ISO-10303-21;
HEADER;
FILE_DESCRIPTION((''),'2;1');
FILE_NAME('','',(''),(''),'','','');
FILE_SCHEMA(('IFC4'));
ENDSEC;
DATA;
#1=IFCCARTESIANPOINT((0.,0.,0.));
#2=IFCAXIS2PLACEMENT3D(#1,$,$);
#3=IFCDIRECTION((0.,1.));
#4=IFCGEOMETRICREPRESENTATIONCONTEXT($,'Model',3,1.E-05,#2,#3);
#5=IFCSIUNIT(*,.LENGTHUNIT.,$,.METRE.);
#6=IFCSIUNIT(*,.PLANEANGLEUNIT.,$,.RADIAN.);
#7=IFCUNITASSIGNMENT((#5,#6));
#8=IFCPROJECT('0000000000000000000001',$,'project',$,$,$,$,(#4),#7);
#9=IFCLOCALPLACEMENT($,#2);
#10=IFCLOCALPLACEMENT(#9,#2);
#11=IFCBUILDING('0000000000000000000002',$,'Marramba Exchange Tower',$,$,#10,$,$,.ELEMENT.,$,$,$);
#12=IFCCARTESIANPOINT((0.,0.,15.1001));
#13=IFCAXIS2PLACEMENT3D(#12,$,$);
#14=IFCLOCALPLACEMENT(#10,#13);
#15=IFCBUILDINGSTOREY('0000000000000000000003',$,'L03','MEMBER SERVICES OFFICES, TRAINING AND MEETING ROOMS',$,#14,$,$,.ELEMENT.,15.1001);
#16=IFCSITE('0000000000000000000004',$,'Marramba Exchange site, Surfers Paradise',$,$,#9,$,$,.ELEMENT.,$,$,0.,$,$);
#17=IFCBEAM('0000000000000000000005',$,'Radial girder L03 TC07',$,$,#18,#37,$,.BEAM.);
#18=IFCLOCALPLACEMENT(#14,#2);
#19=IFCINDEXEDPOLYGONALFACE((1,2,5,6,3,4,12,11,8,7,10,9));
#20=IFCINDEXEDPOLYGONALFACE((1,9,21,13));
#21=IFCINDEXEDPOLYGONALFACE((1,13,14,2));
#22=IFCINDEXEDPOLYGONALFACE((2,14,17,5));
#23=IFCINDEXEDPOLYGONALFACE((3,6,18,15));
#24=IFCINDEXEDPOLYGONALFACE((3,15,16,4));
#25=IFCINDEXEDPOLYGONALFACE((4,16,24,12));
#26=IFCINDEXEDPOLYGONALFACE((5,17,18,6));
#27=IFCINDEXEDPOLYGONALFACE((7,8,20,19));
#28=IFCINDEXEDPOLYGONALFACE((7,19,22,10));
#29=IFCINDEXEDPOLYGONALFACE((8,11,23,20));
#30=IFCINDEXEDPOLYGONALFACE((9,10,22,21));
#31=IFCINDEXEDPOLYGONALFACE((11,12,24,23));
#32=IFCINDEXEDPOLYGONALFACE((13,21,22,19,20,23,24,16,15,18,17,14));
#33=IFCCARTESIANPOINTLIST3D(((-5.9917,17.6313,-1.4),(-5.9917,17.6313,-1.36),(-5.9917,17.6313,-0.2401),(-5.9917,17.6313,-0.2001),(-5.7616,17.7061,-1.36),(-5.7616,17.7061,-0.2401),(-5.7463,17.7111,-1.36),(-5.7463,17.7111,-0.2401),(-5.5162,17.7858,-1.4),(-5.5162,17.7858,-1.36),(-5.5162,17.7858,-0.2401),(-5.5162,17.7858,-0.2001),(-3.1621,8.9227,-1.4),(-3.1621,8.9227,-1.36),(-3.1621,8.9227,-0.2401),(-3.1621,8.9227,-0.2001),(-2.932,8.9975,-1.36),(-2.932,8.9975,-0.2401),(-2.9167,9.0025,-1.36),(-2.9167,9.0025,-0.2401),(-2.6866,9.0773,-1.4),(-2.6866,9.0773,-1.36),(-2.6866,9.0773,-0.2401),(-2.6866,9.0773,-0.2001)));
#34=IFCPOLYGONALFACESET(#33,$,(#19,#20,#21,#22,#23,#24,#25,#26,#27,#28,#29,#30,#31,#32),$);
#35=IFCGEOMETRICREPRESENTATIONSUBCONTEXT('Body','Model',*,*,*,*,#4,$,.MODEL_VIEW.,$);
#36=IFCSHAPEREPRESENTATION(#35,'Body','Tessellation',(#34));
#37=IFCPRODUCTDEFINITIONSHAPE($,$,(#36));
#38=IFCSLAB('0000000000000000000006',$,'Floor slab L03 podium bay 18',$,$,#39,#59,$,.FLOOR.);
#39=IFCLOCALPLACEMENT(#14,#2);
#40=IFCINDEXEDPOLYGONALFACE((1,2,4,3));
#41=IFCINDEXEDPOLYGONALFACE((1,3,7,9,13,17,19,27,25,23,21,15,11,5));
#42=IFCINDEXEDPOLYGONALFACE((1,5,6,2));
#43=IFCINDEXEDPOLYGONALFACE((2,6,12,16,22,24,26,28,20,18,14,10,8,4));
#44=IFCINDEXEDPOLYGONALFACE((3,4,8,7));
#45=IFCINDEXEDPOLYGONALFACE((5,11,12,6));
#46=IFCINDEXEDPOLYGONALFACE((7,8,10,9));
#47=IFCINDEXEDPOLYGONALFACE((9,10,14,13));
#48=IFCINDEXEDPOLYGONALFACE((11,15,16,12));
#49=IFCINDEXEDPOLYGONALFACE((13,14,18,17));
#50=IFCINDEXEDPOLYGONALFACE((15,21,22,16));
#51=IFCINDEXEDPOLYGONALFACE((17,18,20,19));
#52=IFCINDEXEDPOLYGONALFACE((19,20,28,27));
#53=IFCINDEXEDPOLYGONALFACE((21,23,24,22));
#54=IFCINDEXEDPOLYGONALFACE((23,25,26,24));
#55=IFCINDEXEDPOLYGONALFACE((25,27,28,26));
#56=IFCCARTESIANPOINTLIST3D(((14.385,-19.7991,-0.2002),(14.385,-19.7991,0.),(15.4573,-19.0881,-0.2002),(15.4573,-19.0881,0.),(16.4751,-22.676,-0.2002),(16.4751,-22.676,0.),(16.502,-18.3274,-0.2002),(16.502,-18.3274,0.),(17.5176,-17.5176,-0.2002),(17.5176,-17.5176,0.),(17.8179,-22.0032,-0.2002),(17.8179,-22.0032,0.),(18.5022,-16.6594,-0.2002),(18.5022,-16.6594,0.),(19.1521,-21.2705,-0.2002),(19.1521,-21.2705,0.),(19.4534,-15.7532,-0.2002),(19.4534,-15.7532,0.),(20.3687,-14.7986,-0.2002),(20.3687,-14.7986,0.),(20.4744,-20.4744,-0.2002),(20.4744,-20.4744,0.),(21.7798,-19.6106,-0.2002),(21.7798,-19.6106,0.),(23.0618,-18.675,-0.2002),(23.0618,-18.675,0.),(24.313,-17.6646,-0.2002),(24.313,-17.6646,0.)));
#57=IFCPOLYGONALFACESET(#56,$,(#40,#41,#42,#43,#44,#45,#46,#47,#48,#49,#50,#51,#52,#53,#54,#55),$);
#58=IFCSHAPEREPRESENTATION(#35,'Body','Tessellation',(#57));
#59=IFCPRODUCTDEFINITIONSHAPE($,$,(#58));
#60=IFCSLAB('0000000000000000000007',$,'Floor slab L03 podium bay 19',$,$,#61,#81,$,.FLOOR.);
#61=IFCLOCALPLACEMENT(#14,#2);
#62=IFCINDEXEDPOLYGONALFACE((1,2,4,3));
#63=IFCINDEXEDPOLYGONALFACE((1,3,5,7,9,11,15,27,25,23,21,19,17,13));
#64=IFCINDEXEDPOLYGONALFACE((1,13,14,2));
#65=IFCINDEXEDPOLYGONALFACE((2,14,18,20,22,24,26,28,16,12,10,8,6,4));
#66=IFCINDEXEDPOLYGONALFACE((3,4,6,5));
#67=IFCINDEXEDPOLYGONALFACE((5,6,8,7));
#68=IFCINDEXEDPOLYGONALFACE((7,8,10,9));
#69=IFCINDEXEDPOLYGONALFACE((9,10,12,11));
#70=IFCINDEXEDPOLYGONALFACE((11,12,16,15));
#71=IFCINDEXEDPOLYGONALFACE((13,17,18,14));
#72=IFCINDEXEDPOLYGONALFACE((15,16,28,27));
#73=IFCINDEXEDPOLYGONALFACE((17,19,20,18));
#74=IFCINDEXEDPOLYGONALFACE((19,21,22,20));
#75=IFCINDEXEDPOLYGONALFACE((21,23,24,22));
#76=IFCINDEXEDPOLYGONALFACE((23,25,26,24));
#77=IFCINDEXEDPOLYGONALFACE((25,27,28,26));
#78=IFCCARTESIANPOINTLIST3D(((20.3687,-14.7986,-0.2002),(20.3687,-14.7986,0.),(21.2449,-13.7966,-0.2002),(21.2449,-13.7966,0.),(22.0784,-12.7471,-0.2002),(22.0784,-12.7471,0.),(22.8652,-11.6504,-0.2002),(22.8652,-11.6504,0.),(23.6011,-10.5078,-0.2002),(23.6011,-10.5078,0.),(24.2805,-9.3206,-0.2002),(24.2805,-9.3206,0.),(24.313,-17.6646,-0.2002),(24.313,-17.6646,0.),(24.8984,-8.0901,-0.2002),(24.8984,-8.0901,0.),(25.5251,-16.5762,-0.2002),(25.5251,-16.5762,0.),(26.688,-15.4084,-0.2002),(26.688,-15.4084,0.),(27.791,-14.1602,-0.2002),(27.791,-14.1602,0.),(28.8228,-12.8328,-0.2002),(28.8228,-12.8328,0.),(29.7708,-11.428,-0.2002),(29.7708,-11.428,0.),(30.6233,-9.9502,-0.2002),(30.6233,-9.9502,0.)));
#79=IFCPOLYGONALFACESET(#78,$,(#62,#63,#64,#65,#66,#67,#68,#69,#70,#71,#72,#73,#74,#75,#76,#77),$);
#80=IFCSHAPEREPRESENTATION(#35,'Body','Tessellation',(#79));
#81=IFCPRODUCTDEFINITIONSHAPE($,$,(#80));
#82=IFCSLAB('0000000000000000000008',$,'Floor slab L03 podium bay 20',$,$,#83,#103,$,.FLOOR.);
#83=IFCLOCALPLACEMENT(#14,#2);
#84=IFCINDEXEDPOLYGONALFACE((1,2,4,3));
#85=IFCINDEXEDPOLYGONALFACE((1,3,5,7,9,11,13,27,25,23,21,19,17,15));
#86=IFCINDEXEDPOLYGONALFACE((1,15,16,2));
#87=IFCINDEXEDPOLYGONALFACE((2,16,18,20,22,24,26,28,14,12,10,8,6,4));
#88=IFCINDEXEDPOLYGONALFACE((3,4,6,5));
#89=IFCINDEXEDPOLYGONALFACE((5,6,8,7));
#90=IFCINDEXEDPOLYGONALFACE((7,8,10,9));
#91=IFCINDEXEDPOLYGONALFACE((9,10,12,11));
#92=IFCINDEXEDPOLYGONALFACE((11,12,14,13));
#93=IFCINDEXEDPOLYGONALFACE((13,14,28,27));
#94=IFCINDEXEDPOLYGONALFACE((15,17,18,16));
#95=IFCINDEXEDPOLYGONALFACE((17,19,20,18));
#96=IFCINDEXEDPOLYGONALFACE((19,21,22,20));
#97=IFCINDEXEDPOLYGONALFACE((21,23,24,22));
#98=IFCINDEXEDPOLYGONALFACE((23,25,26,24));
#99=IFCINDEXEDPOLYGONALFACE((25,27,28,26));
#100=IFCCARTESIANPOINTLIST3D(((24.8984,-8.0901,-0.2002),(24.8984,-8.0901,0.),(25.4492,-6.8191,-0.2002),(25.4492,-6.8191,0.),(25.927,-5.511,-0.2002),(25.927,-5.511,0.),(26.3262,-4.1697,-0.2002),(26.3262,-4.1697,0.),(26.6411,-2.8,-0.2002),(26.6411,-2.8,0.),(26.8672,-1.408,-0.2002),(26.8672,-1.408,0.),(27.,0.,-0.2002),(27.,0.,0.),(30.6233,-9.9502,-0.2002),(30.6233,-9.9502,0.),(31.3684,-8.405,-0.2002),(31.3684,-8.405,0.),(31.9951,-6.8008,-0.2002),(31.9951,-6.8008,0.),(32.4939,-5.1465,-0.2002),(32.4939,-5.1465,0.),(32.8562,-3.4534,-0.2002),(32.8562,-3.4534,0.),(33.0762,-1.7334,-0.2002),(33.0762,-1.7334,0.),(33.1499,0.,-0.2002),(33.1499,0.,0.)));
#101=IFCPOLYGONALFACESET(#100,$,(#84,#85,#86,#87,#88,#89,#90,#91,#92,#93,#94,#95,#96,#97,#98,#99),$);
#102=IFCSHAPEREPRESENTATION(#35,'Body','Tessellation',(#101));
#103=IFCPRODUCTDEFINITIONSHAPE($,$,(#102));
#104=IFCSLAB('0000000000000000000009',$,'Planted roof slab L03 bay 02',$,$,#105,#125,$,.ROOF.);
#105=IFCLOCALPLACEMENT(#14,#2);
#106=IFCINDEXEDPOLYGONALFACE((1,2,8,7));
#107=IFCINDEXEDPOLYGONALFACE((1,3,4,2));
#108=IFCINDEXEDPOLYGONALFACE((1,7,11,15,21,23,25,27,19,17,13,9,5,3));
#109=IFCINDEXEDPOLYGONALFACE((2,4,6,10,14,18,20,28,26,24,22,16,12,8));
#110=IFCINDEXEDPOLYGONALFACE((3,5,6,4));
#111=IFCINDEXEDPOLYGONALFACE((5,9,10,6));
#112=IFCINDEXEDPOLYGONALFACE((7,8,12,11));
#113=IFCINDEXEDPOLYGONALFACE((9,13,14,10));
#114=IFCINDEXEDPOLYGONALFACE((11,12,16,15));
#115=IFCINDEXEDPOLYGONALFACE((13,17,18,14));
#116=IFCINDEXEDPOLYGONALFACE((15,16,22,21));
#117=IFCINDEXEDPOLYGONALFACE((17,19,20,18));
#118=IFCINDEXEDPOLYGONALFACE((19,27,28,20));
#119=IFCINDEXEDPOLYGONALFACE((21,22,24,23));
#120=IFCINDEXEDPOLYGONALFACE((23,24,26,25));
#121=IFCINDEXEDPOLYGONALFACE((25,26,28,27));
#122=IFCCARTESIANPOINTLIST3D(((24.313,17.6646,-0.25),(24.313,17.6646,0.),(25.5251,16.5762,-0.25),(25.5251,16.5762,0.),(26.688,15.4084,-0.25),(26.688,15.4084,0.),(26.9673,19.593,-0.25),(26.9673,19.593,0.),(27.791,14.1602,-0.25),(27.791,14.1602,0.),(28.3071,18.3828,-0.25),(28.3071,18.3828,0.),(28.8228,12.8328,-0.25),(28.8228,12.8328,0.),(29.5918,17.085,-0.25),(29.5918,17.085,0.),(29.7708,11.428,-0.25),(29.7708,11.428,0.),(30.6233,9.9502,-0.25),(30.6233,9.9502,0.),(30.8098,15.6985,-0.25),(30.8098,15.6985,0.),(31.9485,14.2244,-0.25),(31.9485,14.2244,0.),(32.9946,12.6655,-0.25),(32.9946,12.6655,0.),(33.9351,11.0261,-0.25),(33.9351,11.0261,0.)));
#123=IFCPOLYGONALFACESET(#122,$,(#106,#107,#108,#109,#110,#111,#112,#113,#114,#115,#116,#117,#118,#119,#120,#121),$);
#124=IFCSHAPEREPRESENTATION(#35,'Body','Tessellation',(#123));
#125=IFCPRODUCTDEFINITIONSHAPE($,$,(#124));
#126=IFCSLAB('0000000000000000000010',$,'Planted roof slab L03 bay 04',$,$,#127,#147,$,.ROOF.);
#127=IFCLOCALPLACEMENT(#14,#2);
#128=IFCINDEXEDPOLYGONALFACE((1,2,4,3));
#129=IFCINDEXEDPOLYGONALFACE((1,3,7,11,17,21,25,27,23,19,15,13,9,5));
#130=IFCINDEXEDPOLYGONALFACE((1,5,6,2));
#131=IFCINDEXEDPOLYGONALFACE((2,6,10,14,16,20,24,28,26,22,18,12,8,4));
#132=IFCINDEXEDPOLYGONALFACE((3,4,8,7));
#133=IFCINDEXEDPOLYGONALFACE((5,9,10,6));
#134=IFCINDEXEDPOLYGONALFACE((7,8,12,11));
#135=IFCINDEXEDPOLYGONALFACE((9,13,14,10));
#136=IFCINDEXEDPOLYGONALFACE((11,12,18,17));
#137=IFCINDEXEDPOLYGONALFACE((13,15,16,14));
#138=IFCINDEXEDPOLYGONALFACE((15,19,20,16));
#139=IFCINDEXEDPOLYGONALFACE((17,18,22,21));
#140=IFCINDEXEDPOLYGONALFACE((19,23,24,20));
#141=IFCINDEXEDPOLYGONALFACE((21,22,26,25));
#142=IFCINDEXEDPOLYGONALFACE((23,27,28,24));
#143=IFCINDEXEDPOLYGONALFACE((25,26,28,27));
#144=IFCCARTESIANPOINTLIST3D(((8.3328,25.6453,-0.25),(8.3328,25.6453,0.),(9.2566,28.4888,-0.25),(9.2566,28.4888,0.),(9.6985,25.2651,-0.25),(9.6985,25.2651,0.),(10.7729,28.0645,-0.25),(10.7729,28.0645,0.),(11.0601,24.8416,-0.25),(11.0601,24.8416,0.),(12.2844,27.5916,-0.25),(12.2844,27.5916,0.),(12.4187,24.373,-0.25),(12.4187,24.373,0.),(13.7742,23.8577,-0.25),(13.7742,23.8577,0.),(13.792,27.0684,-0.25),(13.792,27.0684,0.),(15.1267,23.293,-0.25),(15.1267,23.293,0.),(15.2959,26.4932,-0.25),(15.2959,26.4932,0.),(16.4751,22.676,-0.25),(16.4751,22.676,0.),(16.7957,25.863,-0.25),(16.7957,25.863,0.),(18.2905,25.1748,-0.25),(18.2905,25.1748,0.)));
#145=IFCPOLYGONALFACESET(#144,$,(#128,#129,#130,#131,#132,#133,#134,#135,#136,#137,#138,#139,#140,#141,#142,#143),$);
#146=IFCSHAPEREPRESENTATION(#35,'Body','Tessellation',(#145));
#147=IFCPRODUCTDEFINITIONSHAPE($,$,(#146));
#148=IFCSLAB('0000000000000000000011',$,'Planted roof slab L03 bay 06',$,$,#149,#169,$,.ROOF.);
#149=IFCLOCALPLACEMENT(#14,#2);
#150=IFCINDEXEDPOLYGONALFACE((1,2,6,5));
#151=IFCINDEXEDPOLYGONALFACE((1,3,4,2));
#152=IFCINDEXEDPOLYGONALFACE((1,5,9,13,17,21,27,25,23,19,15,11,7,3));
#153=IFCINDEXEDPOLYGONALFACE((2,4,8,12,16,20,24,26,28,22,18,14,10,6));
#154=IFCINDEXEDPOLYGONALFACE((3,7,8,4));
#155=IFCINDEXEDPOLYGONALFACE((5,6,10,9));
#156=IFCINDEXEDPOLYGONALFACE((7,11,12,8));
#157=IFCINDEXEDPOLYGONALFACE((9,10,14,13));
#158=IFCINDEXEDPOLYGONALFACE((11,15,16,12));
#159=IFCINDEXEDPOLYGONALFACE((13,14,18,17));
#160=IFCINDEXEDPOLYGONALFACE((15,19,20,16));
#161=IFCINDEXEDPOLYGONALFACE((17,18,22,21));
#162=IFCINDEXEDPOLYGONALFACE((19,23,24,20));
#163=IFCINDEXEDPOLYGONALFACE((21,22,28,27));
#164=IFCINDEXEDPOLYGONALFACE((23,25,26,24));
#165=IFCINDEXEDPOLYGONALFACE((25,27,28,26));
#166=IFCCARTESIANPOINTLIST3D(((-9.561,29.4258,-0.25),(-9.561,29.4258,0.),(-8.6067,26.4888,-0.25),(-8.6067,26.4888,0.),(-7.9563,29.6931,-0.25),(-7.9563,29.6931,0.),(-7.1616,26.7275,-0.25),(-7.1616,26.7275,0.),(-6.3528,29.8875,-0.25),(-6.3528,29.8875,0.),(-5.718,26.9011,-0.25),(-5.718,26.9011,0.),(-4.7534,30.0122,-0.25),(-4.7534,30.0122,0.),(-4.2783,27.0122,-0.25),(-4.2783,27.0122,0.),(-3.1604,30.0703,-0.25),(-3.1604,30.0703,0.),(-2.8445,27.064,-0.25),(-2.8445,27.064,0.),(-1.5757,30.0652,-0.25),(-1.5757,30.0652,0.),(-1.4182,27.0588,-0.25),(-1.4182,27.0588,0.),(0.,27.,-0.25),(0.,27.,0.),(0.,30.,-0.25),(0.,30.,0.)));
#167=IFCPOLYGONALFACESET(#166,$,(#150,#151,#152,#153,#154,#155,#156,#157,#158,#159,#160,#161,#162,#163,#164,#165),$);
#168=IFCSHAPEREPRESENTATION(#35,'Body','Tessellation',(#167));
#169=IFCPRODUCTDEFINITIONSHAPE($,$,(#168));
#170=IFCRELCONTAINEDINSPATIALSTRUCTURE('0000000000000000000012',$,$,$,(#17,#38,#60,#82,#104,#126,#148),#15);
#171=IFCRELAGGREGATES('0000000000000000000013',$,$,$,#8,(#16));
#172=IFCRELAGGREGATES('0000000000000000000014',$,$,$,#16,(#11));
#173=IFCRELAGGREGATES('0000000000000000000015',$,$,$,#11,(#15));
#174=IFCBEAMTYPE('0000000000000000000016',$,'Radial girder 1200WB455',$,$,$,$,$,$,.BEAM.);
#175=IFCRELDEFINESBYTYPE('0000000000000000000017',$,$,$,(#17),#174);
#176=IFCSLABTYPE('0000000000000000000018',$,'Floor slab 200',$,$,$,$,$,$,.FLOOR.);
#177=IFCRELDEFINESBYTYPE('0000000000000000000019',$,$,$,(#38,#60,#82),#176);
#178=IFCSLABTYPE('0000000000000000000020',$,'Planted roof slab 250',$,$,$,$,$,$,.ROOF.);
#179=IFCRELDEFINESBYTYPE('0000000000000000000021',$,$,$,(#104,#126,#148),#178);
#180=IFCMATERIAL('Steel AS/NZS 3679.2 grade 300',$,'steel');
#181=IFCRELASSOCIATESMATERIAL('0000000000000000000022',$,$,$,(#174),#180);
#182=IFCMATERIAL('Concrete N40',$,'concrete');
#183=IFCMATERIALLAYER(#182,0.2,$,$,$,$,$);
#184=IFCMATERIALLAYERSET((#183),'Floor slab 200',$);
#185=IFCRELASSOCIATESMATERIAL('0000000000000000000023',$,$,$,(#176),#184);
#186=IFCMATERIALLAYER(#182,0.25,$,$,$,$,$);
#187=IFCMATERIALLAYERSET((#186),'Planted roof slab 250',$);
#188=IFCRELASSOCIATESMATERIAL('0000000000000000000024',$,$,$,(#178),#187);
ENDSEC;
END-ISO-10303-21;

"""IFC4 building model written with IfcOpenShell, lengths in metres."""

from ifc_helpers import new_model, si_unit, direction, frame, origin, origin_2d, place, context, subcontext, project, spatial, polyline, i_section, outline, extrude, material, layer, layer_set, material_profile, profile_set, type_object, element, save


model = new_model("IFC4")

# Units and contexts
model_context = context("Model", 3, precision=1e-05, world=origin(), true_north=direction((0.0, 1.0)))
body_context = subcontext(model_context, "Body", "Model", "MODEL_VIEW")
ifc_project = project(units=[si_unit("LENGTHUNIT", "METRE"), si_unit("PLANEANGLEUNIT", "RADIAN")], contexts=[model_context])

# Site, building, storey
site_placement = place(None, origin())
site = spatial("IfcSite", under=ifc_project, at=site_placement, Name="Marramba Exchange site, Surfers Paradise", CompositionType="ELEMENT", RefElevation=0.0)
building_placement = place(site_placement, origin())
building = spatial("IfcBuilding", under=site, at=building_placement, Name="Marramba Exchange Tower", CompositionType="ELEMENT")
storey_placement = place(building_placement, frame((0.0, 0.0, 15.1001)))
storey = spatial("IfcBuildingStorey", under=building, at=storey_placement, Name="L03", Description="MEMBER SERVICES OFFICES, TRAINING AND MEETING ROOMS", CompositionType="ELEMENT", Elevation=15.1001)

# Beam
ifc_material_1 = material(Name="Steel AS/NZS 3679.2 grade 300", Category="steel")
ifc_material_profile = material_profile(ifc_material_1, i_section(OverallWidth=0.5, OverallDepth=1.2, WebThickness=0.0161, FlangeThickness=0.04, at=origin_2d()), Name="1200WB455")
ifc_profile_set = profile_set([ifc_material_profile], Name="Steel AS/NZS 3679.2 grade 300")
beam_type = type_object("IfcBeamType", Name="Radial girder 1200WB455", PredefinedType="BEAM", material=ifc_profile_set)
beam_placement = place(storey_placement, frame((-2.9243, 9.0, -0.8), z_axis=(-0.30902, 0.951056, 0.0), x_axis=(-0.951056, -0.30902, 0.0)))
element("IfcBeam", 1, at=beam_placement, inside=storey, type_object=beam_type, Name="Radial girder L03 TC07", PredefinedType="BEAM", context=body_context, shape_type="SweptSolid", body=[
    extrude(i_section(OverallWidth=0.5, OverallDepth=1.2, WebThickness=0.0161, FlangeThickness=0.04, at=origin_2d()), origin(), (0.0, 0.0, 1.0), 9.1567),
])

# Slabs
ifc_material_2 = material(Name="Concrete N40", Category="concrete")
ifc_layer_1 = layer(ifc_material_2, 0.2)
ifc_layer_set_1 = layer_set([ifc_layer_1], Name="Floor slab 200")
slab_type_1 = type_object("IfcSlabType", Name="Floor slab 200", PredefinedType="FLOOR", material=ifc_layer_set_1)
slab_1_placement = place(storey_placement, frame((0.0, 0.0, -0.2002)))
element("IfcSlab", 2, at=slab_1_placement, inside=storey, type_object=slab_type_1, Name="Floor slab L03 podium bay 18", PredefinedType="FLOOR", context=body_context, shape_type="SweptSolid", body=[
    extrude(outline(polyline([(23.0618, -18.675), (21.7798, -19.6106), (20.4744, -20.4744), (19.1521, -21.2705), (17.8179, -22.0032), (16.4751, -22.676), (14.385, -19.7991), (15.4573, -19.0881), (16.502, -18.3274), (17.5176, -17.5176), (18.5022, -16.6594), (19.4534, -15.7532), (20.3687, -14.7986), (24.313, -17.6646), (23.0618, -18.675)])), origin(), (0.0, 0.0, 1.0), 0.2002),
])
slab_2_placement = place(storey_placement, frame((0.0, 0.0, -0.2002)))
element("IfcSlab", 3, at=slab_2_placement, inside=storey, type_object=slab_type_1, Name="Floor slab L03 podium bay 19", PredefinedType="FLOOR", context=body_context, shape_type="SweptSolid", body=[
    extrude(outline(polyline([(30.6233, -9.9502), (29.7708, -11.428), (28.8228, -12.8328), (27.791, -14.1602), (26.688, -15.4084), (25.5251, -16.5762), (24.313, -17.6646), (20.3687, -14.7986), (21.2449, -13.7966), (22.0784, -12.7471), (22.8652, -11.6504), (23.6011, -10.5078), (24.2805, -9.3206), (24.8984, -8.0901), (30.6233, -9.9502)])), origin(), (0.0, 0.0, 1.0), 0.2002),
])
slab_3_placement = place(storey_placement, frame((0.0, 0.0, -0.2002)))
element("IfcSlab", 4, at=slab_3_placement, inside=storey, type_object=slab_type_1, Name="Floor slab L03 podium bay 20", PredefinedType="FLOOR", context=body_context, shape_type="SweptSolid", body=[
    extrude(outline(polyline([(32.8562, -3.4534), (32.4939, -5.1465), (31.9951, -6.8008), (31.3684, -8.405), (30.6233, -9.9502), (24.8984, -8.0901), (25.4492, -6.8191), (25.927, -5.511), (26.3262, -4.1697), (26.6411, -2.8), (26.8672, -1.408), (27.0, 0.0), (33.1499, 0.0), (33.0762, -1.7334), (32.8562, -3.4534)])), origin(), (0.0, 0.0, 1.0), 0.2002),
])
ifc_layer_2 = layer(ifc_material_2, 0.25)
ifc_layer_set_2 = layer_set([ifc_layer_2], Name="Planted roof slab 250")
slab_type_2 = type_object("IfcSlabType", Name="Planted roof slab 250", PredefinedType="ROOF", material=ifc_layer_set_2)
slab_4_placement = place(storey_placement, frame((0.0, 0.0, -0.25)))
element("IfcSlab", 5, at=slab_4_placement, inside=storey, type_object=slab_type_2, Name="Planted roof slab L03 bay 02", PredefinedType="ROOF", context=body_context, shape_type="SweptSolid", body=[
    extrude(outline(polyline([(28.3071, 18.3828), (29.5918, 17.085), (30.8098, 15.6985), (31.9485, 14.2244), (32.9946, 12.6655), (33.9351, 11.0261), (30.6233, 9.9502), (29.7708, 11.428), (28.8228, 12.8328), (27.791, 14.1602), (26.688, 15.4084), (25.5251, 16.5762), (24.313, 17.6646), (26.9673, 19.593), (28.3071, 18.3828)])), origin(), (0.0, 0.0, 1.0), 0.25),
])
slab_5_placement = place(storey_placement, frame((0.0, 0.0, -0.25)))
element("IfcSlab", 6, at=slab_5_placement, inside=storey, type_object=slab_type_2, Name="Planted roof slab L03 bay 04", PredefinedType="ROOF", context=body_context, shape_type="SweptSolid", body=[
    extrude(outline(polyline([(10.7729, 28.0645), (12.2844, 27.5916), (13.792, 27.0684), (15.2959, 26.4932), (16.7957, 25.863), (18.2905, 25.1748), (16.4751, 22.676), (15.1267, 23.293), (13.7742, 23.8577), (12.4187, 24.373), (11.0601, 24.8416), (9.6985, 25.2651), (8.3328, 25.6453), (9.2566, 28.4888), (10.7729, 28.0645)])), origin(), (0.0, 0.0, 1.0), 0.25),
])
slab_6_placement = place(storey_placement, frame((0.0, 0.0, -0.25)))
element("IfcSlab", 7, at=slab_6_placement, inside=storey, type_object=slab_type_2, Name="Planted roof slab L03 bay 06", PredefinedType="ROOF", context=body_context, shape_type="SweptSolid", body=[
    extrude(outline(polyline([(-9.561, 29.4258), (-7.9563, 29.6931), (-6.3528, 29.8875), (-4.7534, 30.0122), (-3.1604, 30.0703), (-1.5757, 30.0652), (0.0, 30.0), (0.0, 27.0), (-1.4182, 27.0588), (-2.8445, 27.064), (-4.2783, 27.0122), (-5.718, 26.9011), (-7.1616, 26.7275), (-8.6067, 26.4888), (-9.561, 29.4258)])), origin(), (0.0, 0.0, 1.0), 0.25),
])

save(model, "model.ifc")
